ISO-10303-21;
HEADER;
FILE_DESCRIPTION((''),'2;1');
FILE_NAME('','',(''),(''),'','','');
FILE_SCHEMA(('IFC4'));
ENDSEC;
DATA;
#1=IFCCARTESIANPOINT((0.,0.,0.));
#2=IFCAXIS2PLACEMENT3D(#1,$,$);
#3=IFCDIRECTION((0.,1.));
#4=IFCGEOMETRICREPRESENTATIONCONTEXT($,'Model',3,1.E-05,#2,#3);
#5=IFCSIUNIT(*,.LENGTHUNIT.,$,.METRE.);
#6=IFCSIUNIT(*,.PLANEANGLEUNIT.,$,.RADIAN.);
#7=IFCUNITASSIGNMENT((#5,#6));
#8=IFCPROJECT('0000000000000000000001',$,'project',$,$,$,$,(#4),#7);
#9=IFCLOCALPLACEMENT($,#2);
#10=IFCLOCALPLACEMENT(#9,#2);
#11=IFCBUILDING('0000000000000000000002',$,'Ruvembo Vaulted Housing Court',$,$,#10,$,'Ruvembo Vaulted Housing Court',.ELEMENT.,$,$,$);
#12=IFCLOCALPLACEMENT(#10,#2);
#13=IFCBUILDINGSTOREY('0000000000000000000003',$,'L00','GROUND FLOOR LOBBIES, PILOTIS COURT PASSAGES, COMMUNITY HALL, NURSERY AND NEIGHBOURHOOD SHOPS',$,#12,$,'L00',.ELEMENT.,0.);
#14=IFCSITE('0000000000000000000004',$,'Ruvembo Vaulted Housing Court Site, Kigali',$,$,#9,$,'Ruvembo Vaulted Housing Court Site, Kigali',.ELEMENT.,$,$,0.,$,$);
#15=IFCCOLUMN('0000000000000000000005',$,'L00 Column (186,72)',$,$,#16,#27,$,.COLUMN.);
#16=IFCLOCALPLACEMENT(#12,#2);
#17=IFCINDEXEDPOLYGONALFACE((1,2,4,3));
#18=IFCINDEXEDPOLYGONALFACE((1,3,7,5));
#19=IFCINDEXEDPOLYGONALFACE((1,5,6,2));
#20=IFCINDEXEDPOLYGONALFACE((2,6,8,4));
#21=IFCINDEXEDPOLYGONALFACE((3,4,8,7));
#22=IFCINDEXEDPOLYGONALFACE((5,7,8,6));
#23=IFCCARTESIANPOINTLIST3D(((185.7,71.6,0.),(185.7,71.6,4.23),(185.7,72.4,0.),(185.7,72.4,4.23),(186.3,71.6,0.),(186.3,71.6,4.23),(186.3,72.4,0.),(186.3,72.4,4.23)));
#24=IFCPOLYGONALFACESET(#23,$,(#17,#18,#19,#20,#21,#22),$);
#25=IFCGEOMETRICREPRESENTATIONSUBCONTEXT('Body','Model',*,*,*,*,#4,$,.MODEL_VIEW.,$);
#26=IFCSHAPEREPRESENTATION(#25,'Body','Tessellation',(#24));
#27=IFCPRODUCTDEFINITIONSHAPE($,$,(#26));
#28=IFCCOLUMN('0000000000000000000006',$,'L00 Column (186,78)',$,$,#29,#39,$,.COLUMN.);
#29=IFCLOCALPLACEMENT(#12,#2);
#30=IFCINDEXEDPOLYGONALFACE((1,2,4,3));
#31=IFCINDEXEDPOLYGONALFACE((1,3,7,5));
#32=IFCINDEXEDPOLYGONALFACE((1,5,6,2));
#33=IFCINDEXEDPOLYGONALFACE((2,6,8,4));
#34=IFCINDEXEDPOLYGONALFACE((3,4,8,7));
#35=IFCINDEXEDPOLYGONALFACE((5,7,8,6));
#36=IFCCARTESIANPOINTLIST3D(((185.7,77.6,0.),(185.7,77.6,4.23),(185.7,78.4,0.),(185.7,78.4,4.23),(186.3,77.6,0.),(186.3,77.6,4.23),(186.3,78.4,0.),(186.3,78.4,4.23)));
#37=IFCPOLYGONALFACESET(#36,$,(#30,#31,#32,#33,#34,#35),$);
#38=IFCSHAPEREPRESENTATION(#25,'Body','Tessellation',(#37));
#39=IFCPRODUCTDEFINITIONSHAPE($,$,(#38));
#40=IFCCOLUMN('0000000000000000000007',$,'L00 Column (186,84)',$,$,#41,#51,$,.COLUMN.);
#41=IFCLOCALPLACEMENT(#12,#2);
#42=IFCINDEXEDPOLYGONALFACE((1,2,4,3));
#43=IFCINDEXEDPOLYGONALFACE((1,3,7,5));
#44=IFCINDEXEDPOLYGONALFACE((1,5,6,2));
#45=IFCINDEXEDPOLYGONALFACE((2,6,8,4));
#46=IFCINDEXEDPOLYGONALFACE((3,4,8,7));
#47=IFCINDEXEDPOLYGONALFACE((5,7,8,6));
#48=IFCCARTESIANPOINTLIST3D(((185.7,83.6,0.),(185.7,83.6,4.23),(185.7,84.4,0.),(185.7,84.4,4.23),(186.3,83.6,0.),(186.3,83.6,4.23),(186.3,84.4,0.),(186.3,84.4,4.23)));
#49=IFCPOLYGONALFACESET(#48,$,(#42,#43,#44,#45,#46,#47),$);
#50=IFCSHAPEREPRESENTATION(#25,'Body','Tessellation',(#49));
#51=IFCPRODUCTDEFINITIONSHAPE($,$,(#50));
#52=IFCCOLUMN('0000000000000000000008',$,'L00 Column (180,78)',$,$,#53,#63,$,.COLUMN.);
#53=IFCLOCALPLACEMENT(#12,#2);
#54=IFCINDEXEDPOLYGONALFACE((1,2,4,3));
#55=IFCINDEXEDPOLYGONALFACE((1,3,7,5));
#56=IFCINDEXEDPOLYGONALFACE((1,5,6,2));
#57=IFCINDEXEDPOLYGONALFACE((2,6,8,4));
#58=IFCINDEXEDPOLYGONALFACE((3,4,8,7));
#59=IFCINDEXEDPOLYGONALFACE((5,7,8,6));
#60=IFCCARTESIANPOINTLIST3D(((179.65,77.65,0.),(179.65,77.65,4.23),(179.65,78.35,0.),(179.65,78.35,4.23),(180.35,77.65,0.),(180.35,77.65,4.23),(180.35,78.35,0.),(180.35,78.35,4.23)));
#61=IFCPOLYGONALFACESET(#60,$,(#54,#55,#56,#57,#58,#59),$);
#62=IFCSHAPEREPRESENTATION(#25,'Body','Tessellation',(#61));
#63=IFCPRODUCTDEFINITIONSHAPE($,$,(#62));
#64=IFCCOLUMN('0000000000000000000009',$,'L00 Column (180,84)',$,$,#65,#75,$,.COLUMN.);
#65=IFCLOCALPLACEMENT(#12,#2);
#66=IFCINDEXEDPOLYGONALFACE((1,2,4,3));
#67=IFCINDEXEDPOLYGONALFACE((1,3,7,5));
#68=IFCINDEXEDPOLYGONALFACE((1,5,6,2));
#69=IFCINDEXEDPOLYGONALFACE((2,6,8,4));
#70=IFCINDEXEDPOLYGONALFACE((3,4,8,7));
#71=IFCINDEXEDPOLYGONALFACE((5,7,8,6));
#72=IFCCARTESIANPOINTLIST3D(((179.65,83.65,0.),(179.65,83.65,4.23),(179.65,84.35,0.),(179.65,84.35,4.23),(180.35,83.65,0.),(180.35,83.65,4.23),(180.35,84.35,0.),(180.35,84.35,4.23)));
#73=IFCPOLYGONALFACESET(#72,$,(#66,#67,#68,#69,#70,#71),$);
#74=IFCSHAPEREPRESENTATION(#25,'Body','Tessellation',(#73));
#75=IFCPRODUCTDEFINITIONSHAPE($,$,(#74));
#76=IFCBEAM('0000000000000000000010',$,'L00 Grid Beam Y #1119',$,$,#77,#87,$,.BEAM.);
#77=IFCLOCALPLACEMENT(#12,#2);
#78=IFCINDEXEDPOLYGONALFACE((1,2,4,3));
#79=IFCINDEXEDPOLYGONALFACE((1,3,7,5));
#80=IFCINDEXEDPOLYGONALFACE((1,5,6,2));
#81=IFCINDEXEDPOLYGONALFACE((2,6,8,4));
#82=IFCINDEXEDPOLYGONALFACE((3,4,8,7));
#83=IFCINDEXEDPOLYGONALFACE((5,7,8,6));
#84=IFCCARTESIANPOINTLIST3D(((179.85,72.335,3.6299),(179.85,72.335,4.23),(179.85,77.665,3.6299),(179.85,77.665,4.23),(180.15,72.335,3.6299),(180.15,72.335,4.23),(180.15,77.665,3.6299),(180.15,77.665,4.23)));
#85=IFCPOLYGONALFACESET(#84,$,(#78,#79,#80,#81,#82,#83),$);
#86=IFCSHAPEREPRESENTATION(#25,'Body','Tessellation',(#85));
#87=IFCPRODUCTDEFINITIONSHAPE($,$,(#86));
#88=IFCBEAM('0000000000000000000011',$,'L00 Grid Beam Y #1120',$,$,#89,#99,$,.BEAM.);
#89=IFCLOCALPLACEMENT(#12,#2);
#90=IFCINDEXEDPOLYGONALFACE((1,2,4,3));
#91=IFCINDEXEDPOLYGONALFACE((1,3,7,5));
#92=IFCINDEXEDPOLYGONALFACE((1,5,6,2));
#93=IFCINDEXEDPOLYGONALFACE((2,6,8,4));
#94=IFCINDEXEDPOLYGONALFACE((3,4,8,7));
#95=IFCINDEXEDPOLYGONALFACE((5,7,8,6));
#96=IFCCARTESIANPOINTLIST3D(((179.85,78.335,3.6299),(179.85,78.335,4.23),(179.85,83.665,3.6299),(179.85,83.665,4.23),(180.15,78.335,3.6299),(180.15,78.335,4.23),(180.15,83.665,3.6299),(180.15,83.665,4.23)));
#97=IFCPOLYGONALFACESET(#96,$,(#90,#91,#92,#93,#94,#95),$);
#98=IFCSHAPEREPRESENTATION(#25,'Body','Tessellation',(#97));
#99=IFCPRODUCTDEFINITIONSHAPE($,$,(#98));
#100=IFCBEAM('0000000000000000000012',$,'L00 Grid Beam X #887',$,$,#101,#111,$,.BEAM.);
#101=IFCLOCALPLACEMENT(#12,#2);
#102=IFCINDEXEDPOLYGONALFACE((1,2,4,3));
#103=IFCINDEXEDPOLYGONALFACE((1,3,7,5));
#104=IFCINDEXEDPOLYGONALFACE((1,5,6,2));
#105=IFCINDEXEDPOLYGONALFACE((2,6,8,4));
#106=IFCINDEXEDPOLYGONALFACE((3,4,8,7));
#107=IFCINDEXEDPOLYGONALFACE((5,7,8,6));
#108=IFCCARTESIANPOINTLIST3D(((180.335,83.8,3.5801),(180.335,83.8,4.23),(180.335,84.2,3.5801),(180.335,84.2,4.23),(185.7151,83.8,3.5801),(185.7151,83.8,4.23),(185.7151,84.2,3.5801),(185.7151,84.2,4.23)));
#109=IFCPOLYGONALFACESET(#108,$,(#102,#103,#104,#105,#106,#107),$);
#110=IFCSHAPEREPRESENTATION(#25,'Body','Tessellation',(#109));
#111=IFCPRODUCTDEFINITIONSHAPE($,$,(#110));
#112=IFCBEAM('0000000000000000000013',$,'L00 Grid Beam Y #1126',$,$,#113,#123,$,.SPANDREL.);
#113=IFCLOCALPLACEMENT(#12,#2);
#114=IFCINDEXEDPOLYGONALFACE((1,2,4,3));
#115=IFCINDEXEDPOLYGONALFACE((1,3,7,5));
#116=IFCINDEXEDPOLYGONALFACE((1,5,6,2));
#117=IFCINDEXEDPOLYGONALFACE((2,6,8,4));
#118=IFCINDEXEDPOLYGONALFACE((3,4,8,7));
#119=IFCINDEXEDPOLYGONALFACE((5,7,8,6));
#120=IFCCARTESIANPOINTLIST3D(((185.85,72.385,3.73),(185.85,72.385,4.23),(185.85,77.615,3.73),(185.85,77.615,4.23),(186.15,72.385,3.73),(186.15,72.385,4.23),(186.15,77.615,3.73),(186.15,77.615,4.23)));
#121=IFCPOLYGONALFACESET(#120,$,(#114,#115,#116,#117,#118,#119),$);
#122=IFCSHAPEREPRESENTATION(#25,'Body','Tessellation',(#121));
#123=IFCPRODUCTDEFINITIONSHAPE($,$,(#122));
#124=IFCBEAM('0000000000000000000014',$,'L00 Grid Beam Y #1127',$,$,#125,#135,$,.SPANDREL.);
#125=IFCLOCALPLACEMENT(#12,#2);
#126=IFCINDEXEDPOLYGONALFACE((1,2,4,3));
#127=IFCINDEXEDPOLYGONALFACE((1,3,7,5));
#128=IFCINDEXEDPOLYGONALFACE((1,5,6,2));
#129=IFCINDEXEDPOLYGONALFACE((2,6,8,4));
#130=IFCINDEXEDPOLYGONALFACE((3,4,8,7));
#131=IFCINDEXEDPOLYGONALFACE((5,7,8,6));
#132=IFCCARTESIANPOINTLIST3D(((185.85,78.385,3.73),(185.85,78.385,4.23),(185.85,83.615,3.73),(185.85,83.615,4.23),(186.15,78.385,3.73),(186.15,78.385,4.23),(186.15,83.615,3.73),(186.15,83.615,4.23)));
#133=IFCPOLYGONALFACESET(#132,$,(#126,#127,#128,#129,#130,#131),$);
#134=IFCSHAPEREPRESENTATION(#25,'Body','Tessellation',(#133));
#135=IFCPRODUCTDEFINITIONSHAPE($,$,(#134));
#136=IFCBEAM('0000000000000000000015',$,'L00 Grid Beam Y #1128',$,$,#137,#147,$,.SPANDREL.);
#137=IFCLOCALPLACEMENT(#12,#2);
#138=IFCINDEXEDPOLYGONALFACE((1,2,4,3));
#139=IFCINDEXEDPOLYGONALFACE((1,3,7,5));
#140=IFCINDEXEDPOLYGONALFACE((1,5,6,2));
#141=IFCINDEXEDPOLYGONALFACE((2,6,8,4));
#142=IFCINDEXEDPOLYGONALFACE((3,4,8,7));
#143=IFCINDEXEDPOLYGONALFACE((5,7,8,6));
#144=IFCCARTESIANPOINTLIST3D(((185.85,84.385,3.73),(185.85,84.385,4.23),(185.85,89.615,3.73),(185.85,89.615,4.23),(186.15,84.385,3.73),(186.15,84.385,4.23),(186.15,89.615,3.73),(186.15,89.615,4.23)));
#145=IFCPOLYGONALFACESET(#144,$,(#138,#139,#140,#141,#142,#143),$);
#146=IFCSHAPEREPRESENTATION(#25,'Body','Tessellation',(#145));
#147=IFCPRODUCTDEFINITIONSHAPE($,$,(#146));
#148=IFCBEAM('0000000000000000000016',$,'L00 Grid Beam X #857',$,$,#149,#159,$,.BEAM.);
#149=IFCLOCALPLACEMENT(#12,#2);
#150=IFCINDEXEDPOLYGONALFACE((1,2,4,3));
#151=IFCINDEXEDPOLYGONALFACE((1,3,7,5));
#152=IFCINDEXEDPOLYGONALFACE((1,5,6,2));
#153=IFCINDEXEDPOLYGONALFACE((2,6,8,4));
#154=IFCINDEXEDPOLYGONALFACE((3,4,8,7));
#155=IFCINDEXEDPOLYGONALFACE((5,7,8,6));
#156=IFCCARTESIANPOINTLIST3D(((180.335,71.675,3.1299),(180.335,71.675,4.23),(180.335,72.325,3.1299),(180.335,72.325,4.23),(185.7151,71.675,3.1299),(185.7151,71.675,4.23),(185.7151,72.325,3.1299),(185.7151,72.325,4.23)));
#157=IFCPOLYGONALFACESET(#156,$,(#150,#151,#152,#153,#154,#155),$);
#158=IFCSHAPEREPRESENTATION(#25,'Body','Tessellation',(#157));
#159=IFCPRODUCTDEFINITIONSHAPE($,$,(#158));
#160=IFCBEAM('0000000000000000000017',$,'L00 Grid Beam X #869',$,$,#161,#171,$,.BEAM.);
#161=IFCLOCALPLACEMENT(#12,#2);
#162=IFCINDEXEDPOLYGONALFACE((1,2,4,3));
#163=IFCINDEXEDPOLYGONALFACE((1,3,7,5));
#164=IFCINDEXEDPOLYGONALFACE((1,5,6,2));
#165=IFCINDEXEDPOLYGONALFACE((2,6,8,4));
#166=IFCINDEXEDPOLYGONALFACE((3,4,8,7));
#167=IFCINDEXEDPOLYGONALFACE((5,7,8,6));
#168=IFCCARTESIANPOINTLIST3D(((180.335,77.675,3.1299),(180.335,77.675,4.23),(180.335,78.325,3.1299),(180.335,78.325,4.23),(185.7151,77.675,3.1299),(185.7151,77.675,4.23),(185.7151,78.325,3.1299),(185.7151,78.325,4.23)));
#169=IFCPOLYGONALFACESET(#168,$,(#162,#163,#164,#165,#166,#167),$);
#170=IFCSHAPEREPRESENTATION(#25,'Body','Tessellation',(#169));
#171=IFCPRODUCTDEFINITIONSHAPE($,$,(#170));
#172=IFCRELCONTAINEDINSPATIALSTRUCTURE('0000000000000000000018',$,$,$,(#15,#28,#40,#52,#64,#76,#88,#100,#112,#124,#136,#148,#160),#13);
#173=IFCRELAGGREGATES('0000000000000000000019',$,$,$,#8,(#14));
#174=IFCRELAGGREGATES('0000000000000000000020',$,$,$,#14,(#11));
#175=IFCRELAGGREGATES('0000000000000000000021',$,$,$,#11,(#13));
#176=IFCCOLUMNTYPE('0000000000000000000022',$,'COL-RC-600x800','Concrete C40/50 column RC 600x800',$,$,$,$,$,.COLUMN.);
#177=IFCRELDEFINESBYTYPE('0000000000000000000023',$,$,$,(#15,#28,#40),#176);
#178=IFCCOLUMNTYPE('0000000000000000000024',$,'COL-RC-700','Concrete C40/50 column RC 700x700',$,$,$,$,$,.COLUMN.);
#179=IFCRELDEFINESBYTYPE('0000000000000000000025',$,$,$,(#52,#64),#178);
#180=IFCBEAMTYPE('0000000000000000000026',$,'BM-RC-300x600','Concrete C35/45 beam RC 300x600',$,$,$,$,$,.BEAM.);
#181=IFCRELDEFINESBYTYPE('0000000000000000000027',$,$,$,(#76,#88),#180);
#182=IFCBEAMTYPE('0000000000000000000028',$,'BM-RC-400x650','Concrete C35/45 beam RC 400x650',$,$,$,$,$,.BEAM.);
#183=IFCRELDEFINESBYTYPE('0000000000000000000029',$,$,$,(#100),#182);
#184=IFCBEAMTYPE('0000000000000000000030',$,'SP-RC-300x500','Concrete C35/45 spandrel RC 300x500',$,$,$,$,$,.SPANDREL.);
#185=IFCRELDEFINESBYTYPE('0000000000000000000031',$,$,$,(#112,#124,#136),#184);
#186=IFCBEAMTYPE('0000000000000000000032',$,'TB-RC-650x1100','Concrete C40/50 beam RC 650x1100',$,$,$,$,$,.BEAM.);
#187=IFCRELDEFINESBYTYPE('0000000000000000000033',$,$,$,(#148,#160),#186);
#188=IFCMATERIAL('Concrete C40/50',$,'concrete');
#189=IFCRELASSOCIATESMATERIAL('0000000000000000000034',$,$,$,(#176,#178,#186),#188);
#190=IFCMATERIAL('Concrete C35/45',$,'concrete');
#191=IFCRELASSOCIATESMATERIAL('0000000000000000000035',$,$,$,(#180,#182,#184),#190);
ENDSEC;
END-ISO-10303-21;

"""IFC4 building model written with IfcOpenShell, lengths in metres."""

from ifc_helpers import new_model, si_unit, direction, frame, origin, origin_2d, place, context, subcontext, project, spatial, rectangle, extrude, material, material_profile, profile_set, type_object, element, save


model = new_model("IFC4")

# Units and contexts
model_context = context("Model", 3, precision=1e-05, world=origin(), true_north=direction((0.0, 1.0)))
body_context = subcontext(model_context, "Body", "Model", "MODEL_VIEW")
ifc_project = project(units=[si_unit("LENGTHUNIT", "METRE"), si_unit("PLANEANGLEUNIT", "RADIAN")], contexts=[model_context])

# Site, building, storey
site_placement = place(None, origin())
site = spatial("IfcSite", under=ifc_project, at=site_placement, Name="Ruvembo Vaulted Housing Court Site, Kigali", LongName="Ruvembo Vaulted Housing Court Site, Kigali", CompositionType="ELEMENT", RefElevation=0.0)
building_placement = place(site_placement, origin())
building = spatial("IfcBuilding", under=site, at=building_placement, Name="Ruvembo Vaulted Housing Court", LongName="Ruvembo Vaulted Housing Court", CompositionType="ELEMENT")
storey_placement = place(building_placement, origin())
storey = spatial("IfcBuildingStorey", under=building, at=storey_placement, Name="L00", Description="GROUND FLOOR LOBBIES, PILOTIS COURT PASSAGES, COMMUNITY HALL, NURSERY AND NEIGHBOURHOOD SHOPS", LongName="L00", CompositionType="ELEMENT", Elevation=0.0)

# Columns
ifc_material_1 = material(Name="Concrete C40/50", Category="concrete")
ifc_material_profile_1 = material_profile(ifc_material_1, rectangle(XDim=0.6001, YDim=0.8, at=origin_2d()), Name="RC 600x800")
ifc_profile_set_1 = profile_set([ifc_material_profile_1], Name="Concrete C40/50")
column_type_1 = type_object("IfcColumnType", Name="COL-RC-600x800", Description="Concrete C40/50 column RC 600x800", PredefinedType="COLUMN", material=ifc_profile_set_1)
for number, where, z_axis, x_axis, name in (
    (1, (186.0, 72.0, 0.0), (0.0, 0.0, 1.0), (1.0, 0.0, 0.0), "L00 Column (186,72)"),
    (2, (186.0, 78.0, 0.0), (0.0, 0.0, 1.0), (1.0, 0.0, 0.0), "L00 Column (186,78)"),
    (3, (186.0, 84.0, 0.0), (0.0, 0.0, 1.0), (1.0, 0.0, 0.0), "L00 Column (186,84)"),
):
    element("IfcColumn", number, at=place(storey_placement, frame(where, z_axis=z_axis, x_axis=x_axis)), inside=storey, type_object=column_type_1, Name=name, PredefinedType="COLUMN", context=body_context, shape_type="SweptSolid", body=[
        extrude(rectangle(XDim=0.6001, YDim=0.8, at=origin_2d()), origin(), (0.0, 0.0, 1.0), 4.23),
    ])
ifc_material_profile_2 = material_profile(ifc_material_1, rectangle(XDim=0.7, YDim=0.7, at=origin_2d()), Name="RC 700x700")
ifc_profile_set_2 = profile_set([ifc_material_profile_2], Name="Concrete C40/50")
column_type_2 = type_object("IfcColumnType", Name="COL-RC-700", Description="Concrete C40/50 column RC 700x700", PredefinedType="COLUMN", material=ifc_profile_set_2)
for number, where, z_axis, x_axis, name in (
    (4, (180.0, 78.0, 0.0), (0.0, 0.0, 1.0), (1.0, 0.0, 0.0), "L00 Column (180,78)"),
    (5, (180.0, 84.0, 0.0), (0.0, 0.0, 1.0), (1.0, 0.0, 0.0), "L00 Column (180,84)"),
):
    element("IfcColumn", number, at=place(storey_placement, frame(where, z_axis=z_axis, x_axis=x_axis)), inside=storey, type_object=column_type_2, Name=name, PredefinedType="COLUMN", context=body_context, shape_type="SweptSolid", body=[
        extrude(rectangle(XDim=0.7, YDim=0.7, at=origin_2d()), origin(), (0.0, 0.0, 1.0), 4.23),
    ])

# Beams
ifc_material_2 = material(Name="Concrete C35/45", Category="concrete")
ifc_material_profile_3 = material_profile(ifc_material_2, rectangle(XDim=0.3, YDim=0.6001, at=origin_2d()), Name="RC 300x600")
ifc_profile_set_3 = profile_set([ifc_material_profile_3], Name="Concrete C35/45")
beam_type_1 = type_object("IfcBeamType", Name="BM-RC-300x600", Description="Concrete C35/45 beam RC 300x600", PredefinedType="BEAM", material=ifc_profile_set_3)
for number, where, z_axis, x_axis, name in (
    (6, (180.0, 72.335, 3.9299), (0.0, 1.0, 0.0), (-1.0, 0.0, 0.0), "L00 Grid Beam Y #1119"),
    (7, (180.0, 78.335, 3.9299), (0.0, 1.0, 0.0), (-1.0, 0.0, 0.0), "L00 Grid Beam Y #1120"),
):
    element("IfcBeam", number, at=place(storey_placement, frame(where, z_axis=z_axis, x_axis=x_axis)), inside=storey, type_object=beam_type_1, Name=name, PredefinedType="BEAM", context=body_context, shape_type="SweptSolid", body=[
        extrude(rectangle(XDim=0.3, YDim=0.6001, at=origin_2d()), origin(), (0.0, 0.0, 1.0), 5.3301),
    ])
ifc_material_profile_4 = material_profile(ifc_material_2, rectangle(XDim=0.3999, YDim=0.6499, at=origin_2d()), Name="RC 400x650")
ifc_profile_set_4 = profile_set([ifc_material_profile_4], Name="Concrete C35/45")
beam_type_2 = type_object("IfcBeamType", Name="BM-RC-400x650", Description="Concrete C35/45 beam RC 400x650", PredefinedType="BEAM", material=ifc_profile_set_4)
beam_placement = place(storey_placement, frame((180.335, 84.0, 3.905), z_axis=(1.0, 0.0, 0.0), x_axis=(0.0, 1.0, 0.0)))
element("IfcBeam", 8, at=beam_placement, inside=storey, type_object=beam_type_2, Name="L00 Grid Beam X #887", PredefinedType="BEAM", context=body_context, shape_type="SweptSolid", body=[
    extrude(rectangle(XDim=0.3999, YDim=0.6499, at=origin_2d()), origin(), (0.0, 0.0, 1.0), 5.3801),
])
ifc_material_profile_5 = material_profile(ifc_material_2, rectangle(XDim=0.3, YDim=0.5, at=origin_2d()), Name="RC 300x500")
ifc_profile_set_5 = profile_set([ifc_material_profile_5], Name="Concrete C35/45")
beam_type_3 = type_object("IfcBeamType", Name="SP-RC-300x500", Description="Concrete C35/45 spandrel RC 300x500", PredefinedType="SPANDREL", material=ifc_profile_set_5)
for number, where, z_axis, x_axis, name in (
    (9, (186.0, 72.385, 3.98), (0.0, 1.0, 0.0), (-1.0, 0.0, 0.0), "L00 Grid Beam Y #1126"),
    (10, (186.0, 78.385, 3.98), (0.0, 1.0, 0.0), (-1.0, 0.0, 0.0), "L00 Grid Beam Y #1127"),
    (11, (186.0, 84.385, 3.98), (0.0, 1.0, 0.0), (-1.0, 0.0, 0.0), "L00 Grid Beam Y #1128"),
):
    element("IfcBeam", number, at=place(storey_placement, frame(where, z_axis=z_axis, x_axis=x_axis)), inside=storey, type_object=beam_type_3, Name=name, PredefinedType="SPANDREL", context=body_context, shape_type="SweptSolid", body=[
        extrude(rectangle(XDim=0.3, YDim=0.5, at=origin_2d()), origin(), (0.0, 0.0, 1.0), 5.23),
    ])
ifc_material_profile_6 = material_profile(ifc_material_1, rectangle(XDim=0.6499, YDim=1.1001, at=origin_2d()), Name="RC 650x1100")
ifc_profile_set_6 = profile_set([ifc_material_profile_6], Name="Concrete C40/50")
beam_type_4 = type_object("IfcBeamType", Name="TB-RC-650x1100", Description="Concrete C40/50 beam RC 650x1100", PredefinedType="BEAM", material=ifc_profile_set_6)
for number, where, z_axis, x_axis, name in (
    (12, (180.335, 72.0, 3.6799), (1.0, 0.0, 0.0), (0.0, 1.0, 0.0), "L00 Grid Beam X #857"),
    (13, (180.335, 78.0, 3.6799), (1.0, 0.0, 0.0), (0.0, 1.0, 0.0), "L00 Grid Beam X #869"),
):
    element("IfcBeam", number, at=place(storey_placement, frame(where, z_axis=z_axis, x_axis=x_axis)), inside=storey, type_object=beam_type_4, Name=name, PredefinedType="BEAM", context=body_context, shape_type="SweptSolid", body=[
        extrude(rectangle(XDim=0.6499, YDim=1.1001, at=origin_2d()), origin(), (0.0, 0.0, 1.0), 5.3801),
    ])

save(model, "model.ifc")
